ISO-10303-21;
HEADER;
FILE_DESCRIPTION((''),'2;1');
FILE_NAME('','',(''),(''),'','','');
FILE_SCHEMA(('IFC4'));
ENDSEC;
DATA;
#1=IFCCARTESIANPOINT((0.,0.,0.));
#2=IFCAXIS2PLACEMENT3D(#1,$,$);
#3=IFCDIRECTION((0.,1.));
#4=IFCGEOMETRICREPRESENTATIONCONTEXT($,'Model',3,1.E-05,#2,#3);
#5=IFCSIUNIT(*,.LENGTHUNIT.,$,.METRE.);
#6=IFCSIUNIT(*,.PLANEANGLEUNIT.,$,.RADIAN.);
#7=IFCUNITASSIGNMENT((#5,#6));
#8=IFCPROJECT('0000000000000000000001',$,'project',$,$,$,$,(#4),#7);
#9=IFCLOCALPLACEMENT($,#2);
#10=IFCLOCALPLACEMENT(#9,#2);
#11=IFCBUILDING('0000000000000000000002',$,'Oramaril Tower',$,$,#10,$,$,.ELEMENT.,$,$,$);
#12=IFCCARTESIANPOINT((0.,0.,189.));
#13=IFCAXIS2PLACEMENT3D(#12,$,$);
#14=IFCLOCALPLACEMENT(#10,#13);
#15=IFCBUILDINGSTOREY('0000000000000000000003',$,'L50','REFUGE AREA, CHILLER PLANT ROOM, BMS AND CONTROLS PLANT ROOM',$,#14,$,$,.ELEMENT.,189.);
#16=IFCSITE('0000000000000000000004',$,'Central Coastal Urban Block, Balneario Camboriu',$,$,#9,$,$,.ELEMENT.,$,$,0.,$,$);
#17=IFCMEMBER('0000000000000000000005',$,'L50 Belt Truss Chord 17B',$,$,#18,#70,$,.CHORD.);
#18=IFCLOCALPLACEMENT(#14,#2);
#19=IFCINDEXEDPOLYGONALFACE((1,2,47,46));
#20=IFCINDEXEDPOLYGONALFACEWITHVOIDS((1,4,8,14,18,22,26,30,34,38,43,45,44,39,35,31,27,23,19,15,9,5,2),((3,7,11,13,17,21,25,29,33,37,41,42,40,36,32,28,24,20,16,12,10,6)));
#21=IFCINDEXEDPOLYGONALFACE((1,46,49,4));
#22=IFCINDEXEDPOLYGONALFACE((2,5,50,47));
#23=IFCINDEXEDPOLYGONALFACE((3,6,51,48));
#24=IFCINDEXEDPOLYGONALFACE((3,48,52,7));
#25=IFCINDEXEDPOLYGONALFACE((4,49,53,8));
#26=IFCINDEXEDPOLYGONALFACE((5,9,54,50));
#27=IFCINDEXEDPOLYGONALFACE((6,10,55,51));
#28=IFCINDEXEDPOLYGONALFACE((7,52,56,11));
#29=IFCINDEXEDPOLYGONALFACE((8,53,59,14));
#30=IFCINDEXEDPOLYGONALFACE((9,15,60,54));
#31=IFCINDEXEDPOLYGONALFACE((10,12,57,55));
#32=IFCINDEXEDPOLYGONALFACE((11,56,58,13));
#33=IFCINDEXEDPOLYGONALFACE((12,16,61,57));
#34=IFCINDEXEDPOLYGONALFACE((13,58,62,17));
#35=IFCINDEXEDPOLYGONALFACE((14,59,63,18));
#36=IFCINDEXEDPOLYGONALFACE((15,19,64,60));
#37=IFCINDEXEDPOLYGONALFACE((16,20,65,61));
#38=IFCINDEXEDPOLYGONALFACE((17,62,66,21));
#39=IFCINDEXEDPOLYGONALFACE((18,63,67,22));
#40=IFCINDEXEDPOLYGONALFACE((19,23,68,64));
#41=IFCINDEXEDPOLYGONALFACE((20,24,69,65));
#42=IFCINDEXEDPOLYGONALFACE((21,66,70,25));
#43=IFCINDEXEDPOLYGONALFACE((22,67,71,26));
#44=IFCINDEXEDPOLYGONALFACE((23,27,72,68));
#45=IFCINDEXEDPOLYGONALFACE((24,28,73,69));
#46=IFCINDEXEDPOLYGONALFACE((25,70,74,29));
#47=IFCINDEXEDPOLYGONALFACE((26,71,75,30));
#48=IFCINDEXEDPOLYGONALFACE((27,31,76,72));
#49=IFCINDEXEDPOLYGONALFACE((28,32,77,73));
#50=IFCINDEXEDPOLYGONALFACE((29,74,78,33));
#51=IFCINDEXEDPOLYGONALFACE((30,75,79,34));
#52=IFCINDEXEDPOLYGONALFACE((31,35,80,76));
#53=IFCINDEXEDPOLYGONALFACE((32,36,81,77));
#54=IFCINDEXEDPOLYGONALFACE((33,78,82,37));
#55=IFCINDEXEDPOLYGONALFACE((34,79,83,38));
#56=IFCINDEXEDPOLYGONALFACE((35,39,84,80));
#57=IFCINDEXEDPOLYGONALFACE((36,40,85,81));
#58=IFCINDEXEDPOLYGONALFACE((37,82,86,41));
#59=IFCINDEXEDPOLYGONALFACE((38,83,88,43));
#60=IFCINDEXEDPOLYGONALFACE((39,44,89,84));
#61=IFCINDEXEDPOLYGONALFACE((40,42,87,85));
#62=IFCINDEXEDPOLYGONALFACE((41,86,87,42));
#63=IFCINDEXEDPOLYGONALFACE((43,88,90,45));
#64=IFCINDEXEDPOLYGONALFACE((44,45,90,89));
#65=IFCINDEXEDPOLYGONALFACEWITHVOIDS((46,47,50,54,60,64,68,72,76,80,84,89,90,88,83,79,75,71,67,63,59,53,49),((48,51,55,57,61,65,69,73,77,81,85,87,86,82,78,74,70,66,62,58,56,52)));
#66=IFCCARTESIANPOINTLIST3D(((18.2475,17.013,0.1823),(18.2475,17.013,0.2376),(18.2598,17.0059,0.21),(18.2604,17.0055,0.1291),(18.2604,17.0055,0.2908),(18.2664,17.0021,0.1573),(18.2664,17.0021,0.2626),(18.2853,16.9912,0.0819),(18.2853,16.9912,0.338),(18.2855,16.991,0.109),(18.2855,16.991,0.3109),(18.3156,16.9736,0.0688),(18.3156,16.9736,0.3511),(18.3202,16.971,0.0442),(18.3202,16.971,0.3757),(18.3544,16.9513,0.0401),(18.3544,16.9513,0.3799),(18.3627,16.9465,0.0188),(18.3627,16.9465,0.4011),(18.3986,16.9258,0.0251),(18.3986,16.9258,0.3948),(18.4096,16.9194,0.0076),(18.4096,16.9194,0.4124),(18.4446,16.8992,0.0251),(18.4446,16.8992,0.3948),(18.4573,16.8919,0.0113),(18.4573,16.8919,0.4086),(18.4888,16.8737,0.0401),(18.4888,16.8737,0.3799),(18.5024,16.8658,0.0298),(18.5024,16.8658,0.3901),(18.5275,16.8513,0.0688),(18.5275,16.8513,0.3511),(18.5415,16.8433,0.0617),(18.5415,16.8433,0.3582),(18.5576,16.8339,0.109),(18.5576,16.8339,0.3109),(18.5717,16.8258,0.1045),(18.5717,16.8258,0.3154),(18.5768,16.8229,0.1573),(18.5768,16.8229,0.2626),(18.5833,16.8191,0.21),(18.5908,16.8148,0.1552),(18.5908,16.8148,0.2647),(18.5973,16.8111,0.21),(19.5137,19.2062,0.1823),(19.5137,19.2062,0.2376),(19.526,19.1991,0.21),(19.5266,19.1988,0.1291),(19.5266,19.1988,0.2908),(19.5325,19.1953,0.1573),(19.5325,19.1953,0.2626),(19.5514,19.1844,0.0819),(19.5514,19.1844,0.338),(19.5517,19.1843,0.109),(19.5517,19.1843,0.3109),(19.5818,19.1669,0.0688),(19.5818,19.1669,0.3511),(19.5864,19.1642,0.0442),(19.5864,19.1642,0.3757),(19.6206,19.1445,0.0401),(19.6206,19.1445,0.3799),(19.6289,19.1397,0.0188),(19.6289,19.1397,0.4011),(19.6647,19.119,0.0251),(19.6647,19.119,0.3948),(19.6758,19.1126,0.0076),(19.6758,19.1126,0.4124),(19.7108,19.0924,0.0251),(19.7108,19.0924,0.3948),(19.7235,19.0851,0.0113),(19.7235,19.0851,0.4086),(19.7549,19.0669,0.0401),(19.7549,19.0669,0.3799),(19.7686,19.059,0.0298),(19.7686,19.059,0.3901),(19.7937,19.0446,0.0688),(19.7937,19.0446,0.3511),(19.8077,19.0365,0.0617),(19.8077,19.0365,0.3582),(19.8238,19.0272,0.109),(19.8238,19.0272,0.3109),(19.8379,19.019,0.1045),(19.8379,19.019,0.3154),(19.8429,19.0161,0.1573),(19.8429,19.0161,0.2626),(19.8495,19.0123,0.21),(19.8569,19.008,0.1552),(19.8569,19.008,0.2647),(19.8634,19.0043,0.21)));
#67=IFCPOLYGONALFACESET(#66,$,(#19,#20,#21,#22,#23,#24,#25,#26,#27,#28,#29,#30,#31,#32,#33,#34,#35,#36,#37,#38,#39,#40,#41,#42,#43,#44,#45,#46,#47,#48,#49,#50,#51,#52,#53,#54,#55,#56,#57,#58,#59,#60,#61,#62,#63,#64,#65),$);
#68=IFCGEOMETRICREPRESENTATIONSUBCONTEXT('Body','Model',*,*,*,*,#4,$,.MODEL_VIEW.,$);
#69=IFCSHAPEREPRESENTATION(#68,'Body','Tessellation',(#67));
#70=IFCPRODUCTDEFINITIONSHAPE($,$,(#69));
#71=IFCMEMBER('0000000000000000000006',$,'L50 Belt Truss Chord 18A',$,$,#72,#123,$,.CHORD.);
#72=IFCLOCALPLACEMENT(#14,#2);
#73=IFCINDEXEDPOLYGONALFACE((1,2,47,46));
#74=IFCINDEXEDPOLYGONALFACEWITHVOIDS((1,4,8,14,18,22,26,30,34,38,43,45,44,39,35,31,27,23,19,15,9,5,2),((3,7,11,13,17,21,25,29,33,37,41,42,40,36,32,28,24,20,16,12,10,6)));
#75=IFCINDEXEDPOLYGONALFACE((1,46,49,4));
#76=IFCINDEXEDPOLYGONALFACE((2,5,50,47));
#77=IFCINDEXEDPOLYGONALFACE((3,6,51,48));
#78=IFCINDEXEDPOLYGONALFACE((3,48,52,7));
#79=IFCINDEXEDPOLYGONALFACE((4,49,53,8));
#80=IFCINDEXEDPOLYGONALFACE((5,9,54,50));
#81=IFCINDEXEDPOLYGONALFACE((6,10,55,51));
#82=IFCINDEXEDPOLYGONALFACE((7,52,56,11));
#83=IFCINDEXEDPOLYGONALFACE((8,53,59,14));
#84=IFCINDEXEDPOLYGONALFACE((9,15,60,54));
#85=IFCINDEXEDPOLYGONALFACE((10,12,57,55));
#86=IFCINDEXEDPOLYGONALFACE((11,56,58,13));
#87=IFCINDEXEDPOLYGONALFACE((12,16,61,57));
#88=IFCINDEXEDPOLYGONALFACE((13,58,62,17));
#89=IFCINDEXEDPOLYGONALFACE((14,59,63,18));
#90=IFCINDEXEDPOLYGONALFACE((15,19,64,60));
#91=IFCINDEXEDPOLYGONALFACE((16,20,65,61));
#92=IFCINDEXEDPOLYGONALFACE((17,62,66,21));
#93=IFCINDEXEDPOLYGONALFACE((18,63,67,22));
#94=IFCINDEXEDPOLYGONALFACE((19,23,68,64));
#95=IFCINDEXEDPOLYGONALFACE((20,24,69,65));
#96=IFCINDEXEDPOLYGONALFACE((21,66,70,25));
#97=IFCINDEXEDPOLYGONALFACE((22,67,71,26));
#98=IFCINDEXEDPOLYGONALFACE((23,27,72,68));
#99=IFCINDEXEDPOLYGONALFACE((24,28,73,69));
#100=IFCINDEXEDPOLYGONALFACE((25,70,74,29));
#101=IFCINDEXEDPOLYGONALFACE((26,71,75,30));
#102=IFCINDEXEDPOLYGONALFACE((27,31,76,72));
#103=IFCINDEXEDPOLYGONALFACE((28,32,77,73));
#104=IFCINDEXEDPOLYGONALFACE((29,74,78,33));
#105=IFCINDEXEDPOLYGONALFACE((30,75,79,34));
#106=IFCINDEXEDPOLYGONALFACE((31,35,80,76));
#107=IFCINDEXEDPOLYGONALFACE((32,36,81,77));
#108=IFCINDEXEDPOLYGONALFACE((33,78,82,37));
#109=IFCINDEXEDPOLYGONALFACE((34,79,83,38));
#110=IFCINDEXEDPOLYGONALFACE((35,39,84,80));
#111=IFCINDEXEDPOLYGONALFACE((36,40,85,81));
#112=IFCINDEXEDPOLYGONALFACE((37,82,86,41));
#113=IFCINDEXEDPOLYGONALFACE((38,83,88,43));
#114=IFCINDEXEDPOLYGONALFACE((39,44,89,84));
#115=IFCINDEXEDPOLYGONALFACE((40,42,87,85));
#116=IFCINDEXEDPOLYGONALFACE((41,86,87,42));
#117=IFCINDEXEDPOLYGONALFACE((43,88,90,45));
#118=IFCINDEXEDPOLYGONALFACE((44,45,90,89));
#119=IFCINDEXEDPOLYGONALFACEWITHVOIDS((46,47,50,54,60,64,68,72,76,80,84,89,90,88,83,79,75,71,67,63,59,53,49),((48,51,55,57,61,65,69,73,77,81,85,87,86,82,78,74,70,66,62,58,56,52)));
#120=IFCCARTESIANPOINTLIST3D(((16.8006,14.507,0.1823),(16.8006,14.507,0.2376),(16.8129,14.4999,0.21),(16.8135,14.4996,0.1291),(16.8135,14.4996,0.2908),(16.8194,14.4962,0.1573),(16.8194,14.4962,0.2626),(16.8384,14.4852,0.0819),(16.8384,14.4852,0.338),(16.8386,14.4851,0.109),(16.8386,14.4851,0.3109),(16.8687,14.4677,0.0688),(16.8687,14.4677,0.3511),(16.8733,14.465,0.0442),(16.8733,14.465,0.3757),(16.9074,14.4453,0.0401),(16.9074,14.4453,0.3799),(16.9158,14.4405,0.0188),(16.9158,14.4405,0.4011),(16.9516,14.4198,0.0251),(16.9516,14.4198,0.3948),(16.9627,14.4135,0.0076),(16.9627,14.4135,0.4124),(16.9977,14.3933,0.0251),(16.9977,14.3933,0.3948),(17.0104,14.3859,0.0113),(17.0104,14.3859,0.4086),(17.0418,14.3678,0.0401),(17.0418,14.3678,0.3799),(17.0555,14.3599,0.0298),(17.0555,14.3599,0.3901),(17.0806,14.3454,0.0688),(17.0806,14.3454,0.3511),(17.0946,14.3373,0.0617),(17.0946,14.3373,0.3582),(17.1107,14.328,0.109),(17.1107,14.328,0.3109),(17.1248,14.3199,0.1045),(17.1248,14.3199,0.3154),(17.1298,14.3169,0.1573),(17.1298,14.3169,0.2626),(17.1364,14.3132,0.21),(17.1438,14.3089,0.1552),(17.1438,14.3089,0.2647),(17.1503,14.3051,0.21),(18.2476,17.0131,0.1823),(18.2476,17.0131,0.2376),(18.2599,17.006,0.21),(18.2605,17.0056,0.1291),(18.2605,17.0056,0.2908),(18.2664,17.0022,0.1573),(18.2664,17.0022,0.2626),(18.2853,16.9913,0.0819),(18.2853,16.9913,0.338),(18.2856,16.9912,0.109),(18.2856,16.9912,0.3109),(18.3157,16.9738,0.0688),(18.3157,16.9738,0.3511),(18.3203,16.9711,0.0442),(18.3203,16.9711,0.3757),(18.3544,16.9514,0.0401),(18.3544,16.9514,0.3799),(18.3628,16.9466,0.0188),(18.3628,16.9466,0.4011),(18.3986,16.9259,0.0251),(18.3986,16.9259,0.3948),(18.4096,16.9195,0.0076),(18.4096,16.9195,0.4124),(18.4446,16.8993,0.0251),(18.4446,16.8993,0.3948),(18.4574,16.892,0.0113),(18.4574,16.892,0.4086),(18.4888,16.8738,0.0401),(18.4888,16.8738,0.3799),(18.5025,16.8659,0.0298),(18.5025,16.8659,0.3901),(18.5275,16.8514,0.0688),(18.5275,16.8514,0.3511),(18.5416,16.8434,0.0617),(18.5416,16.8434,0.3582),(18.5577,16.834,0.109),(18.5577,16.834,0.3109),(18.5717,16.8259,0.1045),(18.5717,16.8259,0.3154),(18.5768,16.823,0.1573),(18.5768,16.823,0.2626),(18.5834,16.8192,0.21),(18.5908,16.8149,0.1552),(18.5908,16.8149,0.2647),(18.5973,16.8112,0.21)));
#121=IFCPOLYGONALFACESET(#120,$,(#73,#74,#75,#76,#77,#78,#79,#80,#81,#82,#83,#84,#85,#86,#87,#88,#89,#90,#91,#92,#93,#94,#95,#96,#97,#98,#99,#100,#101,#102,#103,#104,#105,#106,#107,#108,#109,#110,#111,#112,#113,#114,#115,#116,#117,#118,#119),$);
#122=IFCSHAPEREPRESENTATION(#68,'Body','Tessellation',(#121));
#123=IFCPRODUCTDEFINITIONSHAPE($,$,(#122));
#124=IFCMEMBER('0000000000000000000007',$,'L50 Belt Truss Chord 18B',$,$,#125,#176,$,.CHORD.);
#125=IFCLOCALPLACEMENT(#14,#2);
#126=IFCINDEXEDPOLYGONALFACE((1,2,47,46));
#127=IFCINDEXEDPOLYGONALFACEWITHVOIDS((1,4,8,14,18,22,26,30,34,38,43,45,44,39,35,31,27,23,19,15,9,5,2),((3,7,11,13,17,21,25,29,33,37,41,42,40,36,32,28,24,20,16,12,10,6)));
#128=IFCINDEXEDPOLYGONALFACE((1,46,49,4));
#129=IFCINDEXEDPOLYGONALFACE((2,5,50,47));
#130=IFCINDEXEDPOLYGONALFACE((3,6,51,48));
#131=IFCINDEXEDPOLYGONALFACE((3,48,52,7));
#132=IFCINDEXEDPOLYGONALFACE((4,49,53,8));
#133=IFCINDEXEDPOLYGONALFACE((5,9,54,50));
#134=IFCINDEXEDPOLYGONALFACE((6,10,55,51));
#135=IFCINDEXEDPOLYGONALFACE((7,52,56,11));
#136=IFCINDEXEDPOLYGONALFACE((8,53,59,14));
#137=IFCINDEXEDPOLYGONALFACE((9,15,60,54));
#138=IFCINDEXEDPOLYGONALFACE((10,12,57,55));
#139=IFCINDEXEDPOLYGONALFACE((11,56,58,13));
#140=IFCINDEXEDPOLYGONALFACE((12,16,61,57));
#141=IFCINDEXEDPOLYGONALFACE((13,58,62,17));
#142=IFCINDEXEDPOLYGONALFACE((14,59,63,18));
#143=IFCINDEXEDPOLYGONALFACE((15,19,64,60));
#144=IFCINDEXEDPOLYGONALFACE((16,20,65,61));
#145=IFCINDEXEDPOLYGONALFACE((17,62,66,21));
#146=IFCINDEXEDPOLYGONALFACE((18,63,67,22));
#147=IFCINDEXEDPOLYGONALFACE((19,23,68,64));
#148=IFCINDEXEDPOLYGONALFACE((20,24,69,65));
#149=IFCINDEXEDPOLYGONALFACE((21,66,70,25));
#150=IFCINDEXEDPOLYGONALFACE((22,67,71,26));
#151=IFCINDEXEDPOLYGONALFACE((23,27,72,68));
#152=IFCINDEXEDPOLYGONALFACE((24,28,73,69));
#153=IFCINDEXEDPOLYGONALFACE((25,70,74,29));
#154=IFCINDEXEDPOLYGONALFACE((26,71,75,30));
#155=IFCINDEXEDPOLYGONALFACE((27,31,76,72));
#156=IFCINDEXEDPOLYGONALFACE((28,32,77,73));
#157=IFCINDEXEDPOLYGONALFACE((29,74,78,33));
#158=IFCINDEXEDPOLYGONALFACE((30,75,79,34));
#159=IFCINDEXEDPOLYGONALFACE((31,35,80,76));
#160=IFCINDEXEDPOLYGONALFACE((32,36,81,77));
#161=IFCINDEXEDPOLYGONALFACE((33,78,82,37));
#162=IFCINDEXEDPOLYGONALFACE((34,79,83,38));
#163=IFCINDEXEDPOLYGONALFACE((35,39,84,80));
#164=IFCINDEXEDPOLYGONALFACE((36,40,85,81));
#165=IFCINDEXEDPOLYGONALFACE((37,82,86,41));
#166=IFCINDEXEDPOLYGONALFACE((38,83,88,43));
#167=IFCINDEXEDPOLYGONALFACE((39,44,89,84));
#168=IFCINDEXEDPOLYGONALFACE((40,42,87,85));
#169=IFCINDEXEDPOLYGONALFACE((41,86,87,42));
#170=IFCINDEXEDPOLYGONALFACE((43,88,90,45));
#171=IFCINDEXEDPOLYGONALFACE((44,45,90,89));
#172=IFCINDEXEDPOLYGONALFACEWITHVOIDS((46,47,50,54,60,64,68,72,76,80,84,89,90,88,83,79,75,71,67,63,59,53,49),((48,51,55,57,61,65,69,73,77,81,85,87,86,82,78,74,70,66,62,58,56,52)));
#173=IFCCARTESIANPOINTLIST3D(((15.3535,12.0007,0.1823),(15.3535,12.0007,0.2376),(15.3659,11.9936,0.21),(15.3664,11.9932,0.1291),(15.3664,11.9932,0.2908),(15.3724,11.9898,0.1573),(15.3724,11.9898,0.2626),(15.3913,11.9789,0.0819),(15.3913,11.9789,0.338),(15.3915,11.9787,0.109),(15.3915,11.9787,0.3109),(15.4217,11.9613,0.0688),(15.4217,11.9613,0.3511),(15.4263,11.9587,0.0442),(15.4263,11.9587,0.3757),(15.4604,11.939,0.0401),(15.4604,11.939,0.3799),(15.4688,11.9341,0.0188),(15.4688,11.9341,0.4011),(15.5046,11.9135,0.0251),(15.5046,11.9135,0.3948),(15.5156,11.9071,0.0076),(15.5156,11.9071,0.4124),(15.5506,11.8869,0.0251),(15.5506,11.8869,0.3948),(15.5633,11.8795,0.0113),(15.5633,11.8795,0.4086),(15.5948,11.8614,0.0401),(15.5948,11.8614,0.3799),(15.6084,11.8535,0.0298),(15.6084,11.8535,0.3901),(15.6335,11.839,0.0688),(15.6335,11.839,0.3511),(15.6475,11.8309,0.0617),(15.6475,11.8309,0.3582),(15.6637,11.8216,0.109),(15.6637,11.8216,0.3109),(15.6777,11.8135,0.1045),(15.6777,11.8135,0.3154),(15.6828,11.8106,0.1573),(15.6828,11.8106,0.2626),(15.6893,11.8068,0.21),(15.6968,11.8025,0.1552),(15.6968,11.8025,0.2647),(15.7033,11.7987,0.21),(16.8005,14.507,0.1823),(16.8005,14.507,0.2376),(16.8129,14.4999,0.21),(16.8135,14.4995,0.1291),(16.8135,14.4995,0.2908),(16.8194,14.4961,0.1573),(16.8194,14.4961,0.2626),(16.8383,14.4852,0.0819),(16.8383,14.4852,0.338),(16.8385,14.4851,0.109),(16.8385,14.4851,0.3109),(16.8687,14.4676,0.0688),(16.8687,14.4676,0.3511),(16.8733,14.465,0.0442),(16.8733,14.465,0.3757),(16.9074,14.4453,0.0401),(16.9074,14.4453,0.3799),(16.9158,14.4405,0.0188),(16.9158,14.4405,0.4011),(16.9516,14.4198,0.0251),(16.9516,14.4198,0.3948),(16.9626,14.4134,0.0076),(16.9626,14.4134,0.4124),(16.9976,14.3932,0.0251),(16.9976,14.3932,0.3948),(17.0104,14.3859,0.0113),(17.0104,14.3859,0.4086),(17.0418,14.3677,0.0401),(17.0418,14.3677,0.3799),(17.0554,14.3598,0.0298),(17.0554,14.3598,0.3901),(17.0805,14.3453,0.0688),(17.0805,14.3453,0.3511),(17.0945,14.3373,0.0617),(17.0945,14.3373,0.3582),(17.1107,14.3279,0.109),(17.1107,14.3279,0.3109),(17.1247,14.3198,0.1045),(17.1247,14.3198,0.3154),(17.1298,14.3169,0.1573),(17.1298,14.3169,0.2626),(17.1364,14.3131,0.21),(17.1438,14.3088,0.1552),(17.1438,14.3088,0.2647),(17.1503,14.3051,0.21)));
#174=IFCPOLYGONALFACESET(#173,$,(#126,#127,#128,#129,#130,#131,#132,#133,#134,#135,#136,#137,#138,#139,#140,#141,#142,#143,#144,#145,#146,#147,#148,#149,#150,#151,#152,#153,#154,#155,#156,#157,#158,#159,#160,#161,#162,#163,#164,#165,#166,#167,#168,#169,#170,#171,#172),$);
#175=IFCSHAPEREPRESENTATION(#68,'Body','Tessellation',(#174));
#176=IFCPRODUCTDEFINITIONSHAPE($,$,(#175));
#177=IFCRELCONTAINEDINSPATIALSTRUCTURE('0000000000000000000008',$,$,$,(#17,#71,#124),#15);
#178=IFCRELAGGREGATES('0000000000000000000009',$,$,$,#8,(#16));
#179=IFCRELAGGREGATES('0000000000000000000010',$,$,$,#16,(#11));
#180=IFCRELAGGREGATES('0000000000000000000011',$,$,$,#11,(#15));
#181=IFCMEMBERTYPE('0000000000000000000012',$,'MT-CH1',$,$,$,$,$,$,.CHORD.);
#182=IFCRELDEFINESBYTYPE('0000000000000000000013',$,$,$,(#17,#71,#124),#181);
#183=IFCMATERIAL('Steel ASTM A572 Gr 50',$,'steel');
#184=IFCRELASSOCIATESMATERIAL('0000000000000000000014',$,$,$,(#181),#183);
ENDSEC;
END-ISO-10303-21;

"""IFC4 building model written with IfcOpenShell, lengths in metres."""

from ifc_helpers import new_model, si_unit, direction, frame, origin, origin_2d, place, context, subcontext, project, spatial, hollow_circle, extrude, material, material_profile, profile_set, type_object, element, save


model = new_model("IFC4")

# Units and contexts
model_context = context("Model", 3, precision=1e-05, world=origin(), true_north=direction((0.0, 1.0)))
body_context = subcontext(model_context, "Body", "Model", "MODEL_VIEW")
ifc_project = project(units=[si_unit("LENGTHUNIT", "METRE"), si_unit("PLANEANGLEUNIT", "RADIAN")], contexts=[model_context])

# Site, building, storey
site_placement = place(None, origin())
site = spatial("IfcSite", under=ifc_project, at=site_placement, Name="Central Coastal Urban Block, Balneario Camboriu", CompositionType="ELEMENT", RefElevation=0.0)
building_placement = place(site_placement, origin())
building = spatial("IfcBuilding", under=site, at=building_placement, Name="Oramaril Tower", CompositionType="ELEMENT")
storey_placement = place(building_placement, frame((0.0, 0.0, 189.0)))
storey = spatial("IfcBuildingStorey", under=building, at=storey_placement, Name="L50", Description="REFUGE AREA, CHILLER PLANT ROOM, BMS AND CONTROLS PLANT ROOM", CompositionType="ELEMENT", Elevation=189.0)

# Members
ifc_material_1 = material(Name="Steel ASTM A572 Gr 50", Category="steel")
ifc_material_profile_1 = material_profile(ifc_material_1, hollow_circle(Radius=0.2029, WallThickness=0.0161, at=origin_2d()), Name="CHS406X16")
ifc_profile_set_1 = profile_set([ifc_material_profile_1], Name="Steel ASTM A572 Gr 50")
member_type_1 = type_object("IfcMemberType", Name="MT-CH1", PredefinedType="CHORD", material=ifc_profile_set_1)
member_1_placement = place(storey_placement, frame((19.6877, 19.1057, 0.21), z_axis=(-0.499976, -0.866039, 0.0), x_axis=(0.866039, -0.499976, 0.0)))
element("IfcMember", 1, at=member_1_placement, inside=storey, type_object=member_type_1, Name="L50 Belt Truss Chord 17B", PredefinedType="CHORD", context=body_context, shape_type="SweptSolid", body=[
    extrude(hollow_circle(Radius=0.2029, WallThickness=0.0161, at=origin_2d()), origin(), (0.0, 0.0, 1.0), 2.5325),
])
member_2_placement = place(storey_placement, frame((18.4216, 16.9126, 0.21), z_axis=(-0.500032, -0.866007, 0.0), x_axis=(0.866007, -0.500032, 0.0)))
element("IfcMember", 2, at=member_2_placement, inside=storey, type_object=member_type_1, Name="L50 Belt Truss Chord 18A", PredefinedType="CHORD", context=body_context, shape_type="SweptSolid", body=[
    extrude(hollow_circle(Radius=0.2029, WallThickness=0.0161, at=origin_2d()), origin(), (0.0, 0.0, 1.0), 2.8938),
])
member_3_placement = place(storey_placement, frame((16.9746, 14.4065, 0.21), z_axis=(-0.499995, -0.866028, 0.0), x_axis=(0.866028, -0.499995, 0.0)))
element("IfcMember", 3, at=member_3_placement, inside=storey, type_object=member_type_1, Name="L50 Belt Truss Chord 18B", PredefinedType="CHORD", context=body_context, shape_type="SweptSolid", body=[
    extrude(hollow_circle(Radius=0.2029, WallThickness=0.0161, at=origin_2d()), origin(), (0.0, 0.0, 1.0), 2.894),
])

save(model, "model.ifc")
